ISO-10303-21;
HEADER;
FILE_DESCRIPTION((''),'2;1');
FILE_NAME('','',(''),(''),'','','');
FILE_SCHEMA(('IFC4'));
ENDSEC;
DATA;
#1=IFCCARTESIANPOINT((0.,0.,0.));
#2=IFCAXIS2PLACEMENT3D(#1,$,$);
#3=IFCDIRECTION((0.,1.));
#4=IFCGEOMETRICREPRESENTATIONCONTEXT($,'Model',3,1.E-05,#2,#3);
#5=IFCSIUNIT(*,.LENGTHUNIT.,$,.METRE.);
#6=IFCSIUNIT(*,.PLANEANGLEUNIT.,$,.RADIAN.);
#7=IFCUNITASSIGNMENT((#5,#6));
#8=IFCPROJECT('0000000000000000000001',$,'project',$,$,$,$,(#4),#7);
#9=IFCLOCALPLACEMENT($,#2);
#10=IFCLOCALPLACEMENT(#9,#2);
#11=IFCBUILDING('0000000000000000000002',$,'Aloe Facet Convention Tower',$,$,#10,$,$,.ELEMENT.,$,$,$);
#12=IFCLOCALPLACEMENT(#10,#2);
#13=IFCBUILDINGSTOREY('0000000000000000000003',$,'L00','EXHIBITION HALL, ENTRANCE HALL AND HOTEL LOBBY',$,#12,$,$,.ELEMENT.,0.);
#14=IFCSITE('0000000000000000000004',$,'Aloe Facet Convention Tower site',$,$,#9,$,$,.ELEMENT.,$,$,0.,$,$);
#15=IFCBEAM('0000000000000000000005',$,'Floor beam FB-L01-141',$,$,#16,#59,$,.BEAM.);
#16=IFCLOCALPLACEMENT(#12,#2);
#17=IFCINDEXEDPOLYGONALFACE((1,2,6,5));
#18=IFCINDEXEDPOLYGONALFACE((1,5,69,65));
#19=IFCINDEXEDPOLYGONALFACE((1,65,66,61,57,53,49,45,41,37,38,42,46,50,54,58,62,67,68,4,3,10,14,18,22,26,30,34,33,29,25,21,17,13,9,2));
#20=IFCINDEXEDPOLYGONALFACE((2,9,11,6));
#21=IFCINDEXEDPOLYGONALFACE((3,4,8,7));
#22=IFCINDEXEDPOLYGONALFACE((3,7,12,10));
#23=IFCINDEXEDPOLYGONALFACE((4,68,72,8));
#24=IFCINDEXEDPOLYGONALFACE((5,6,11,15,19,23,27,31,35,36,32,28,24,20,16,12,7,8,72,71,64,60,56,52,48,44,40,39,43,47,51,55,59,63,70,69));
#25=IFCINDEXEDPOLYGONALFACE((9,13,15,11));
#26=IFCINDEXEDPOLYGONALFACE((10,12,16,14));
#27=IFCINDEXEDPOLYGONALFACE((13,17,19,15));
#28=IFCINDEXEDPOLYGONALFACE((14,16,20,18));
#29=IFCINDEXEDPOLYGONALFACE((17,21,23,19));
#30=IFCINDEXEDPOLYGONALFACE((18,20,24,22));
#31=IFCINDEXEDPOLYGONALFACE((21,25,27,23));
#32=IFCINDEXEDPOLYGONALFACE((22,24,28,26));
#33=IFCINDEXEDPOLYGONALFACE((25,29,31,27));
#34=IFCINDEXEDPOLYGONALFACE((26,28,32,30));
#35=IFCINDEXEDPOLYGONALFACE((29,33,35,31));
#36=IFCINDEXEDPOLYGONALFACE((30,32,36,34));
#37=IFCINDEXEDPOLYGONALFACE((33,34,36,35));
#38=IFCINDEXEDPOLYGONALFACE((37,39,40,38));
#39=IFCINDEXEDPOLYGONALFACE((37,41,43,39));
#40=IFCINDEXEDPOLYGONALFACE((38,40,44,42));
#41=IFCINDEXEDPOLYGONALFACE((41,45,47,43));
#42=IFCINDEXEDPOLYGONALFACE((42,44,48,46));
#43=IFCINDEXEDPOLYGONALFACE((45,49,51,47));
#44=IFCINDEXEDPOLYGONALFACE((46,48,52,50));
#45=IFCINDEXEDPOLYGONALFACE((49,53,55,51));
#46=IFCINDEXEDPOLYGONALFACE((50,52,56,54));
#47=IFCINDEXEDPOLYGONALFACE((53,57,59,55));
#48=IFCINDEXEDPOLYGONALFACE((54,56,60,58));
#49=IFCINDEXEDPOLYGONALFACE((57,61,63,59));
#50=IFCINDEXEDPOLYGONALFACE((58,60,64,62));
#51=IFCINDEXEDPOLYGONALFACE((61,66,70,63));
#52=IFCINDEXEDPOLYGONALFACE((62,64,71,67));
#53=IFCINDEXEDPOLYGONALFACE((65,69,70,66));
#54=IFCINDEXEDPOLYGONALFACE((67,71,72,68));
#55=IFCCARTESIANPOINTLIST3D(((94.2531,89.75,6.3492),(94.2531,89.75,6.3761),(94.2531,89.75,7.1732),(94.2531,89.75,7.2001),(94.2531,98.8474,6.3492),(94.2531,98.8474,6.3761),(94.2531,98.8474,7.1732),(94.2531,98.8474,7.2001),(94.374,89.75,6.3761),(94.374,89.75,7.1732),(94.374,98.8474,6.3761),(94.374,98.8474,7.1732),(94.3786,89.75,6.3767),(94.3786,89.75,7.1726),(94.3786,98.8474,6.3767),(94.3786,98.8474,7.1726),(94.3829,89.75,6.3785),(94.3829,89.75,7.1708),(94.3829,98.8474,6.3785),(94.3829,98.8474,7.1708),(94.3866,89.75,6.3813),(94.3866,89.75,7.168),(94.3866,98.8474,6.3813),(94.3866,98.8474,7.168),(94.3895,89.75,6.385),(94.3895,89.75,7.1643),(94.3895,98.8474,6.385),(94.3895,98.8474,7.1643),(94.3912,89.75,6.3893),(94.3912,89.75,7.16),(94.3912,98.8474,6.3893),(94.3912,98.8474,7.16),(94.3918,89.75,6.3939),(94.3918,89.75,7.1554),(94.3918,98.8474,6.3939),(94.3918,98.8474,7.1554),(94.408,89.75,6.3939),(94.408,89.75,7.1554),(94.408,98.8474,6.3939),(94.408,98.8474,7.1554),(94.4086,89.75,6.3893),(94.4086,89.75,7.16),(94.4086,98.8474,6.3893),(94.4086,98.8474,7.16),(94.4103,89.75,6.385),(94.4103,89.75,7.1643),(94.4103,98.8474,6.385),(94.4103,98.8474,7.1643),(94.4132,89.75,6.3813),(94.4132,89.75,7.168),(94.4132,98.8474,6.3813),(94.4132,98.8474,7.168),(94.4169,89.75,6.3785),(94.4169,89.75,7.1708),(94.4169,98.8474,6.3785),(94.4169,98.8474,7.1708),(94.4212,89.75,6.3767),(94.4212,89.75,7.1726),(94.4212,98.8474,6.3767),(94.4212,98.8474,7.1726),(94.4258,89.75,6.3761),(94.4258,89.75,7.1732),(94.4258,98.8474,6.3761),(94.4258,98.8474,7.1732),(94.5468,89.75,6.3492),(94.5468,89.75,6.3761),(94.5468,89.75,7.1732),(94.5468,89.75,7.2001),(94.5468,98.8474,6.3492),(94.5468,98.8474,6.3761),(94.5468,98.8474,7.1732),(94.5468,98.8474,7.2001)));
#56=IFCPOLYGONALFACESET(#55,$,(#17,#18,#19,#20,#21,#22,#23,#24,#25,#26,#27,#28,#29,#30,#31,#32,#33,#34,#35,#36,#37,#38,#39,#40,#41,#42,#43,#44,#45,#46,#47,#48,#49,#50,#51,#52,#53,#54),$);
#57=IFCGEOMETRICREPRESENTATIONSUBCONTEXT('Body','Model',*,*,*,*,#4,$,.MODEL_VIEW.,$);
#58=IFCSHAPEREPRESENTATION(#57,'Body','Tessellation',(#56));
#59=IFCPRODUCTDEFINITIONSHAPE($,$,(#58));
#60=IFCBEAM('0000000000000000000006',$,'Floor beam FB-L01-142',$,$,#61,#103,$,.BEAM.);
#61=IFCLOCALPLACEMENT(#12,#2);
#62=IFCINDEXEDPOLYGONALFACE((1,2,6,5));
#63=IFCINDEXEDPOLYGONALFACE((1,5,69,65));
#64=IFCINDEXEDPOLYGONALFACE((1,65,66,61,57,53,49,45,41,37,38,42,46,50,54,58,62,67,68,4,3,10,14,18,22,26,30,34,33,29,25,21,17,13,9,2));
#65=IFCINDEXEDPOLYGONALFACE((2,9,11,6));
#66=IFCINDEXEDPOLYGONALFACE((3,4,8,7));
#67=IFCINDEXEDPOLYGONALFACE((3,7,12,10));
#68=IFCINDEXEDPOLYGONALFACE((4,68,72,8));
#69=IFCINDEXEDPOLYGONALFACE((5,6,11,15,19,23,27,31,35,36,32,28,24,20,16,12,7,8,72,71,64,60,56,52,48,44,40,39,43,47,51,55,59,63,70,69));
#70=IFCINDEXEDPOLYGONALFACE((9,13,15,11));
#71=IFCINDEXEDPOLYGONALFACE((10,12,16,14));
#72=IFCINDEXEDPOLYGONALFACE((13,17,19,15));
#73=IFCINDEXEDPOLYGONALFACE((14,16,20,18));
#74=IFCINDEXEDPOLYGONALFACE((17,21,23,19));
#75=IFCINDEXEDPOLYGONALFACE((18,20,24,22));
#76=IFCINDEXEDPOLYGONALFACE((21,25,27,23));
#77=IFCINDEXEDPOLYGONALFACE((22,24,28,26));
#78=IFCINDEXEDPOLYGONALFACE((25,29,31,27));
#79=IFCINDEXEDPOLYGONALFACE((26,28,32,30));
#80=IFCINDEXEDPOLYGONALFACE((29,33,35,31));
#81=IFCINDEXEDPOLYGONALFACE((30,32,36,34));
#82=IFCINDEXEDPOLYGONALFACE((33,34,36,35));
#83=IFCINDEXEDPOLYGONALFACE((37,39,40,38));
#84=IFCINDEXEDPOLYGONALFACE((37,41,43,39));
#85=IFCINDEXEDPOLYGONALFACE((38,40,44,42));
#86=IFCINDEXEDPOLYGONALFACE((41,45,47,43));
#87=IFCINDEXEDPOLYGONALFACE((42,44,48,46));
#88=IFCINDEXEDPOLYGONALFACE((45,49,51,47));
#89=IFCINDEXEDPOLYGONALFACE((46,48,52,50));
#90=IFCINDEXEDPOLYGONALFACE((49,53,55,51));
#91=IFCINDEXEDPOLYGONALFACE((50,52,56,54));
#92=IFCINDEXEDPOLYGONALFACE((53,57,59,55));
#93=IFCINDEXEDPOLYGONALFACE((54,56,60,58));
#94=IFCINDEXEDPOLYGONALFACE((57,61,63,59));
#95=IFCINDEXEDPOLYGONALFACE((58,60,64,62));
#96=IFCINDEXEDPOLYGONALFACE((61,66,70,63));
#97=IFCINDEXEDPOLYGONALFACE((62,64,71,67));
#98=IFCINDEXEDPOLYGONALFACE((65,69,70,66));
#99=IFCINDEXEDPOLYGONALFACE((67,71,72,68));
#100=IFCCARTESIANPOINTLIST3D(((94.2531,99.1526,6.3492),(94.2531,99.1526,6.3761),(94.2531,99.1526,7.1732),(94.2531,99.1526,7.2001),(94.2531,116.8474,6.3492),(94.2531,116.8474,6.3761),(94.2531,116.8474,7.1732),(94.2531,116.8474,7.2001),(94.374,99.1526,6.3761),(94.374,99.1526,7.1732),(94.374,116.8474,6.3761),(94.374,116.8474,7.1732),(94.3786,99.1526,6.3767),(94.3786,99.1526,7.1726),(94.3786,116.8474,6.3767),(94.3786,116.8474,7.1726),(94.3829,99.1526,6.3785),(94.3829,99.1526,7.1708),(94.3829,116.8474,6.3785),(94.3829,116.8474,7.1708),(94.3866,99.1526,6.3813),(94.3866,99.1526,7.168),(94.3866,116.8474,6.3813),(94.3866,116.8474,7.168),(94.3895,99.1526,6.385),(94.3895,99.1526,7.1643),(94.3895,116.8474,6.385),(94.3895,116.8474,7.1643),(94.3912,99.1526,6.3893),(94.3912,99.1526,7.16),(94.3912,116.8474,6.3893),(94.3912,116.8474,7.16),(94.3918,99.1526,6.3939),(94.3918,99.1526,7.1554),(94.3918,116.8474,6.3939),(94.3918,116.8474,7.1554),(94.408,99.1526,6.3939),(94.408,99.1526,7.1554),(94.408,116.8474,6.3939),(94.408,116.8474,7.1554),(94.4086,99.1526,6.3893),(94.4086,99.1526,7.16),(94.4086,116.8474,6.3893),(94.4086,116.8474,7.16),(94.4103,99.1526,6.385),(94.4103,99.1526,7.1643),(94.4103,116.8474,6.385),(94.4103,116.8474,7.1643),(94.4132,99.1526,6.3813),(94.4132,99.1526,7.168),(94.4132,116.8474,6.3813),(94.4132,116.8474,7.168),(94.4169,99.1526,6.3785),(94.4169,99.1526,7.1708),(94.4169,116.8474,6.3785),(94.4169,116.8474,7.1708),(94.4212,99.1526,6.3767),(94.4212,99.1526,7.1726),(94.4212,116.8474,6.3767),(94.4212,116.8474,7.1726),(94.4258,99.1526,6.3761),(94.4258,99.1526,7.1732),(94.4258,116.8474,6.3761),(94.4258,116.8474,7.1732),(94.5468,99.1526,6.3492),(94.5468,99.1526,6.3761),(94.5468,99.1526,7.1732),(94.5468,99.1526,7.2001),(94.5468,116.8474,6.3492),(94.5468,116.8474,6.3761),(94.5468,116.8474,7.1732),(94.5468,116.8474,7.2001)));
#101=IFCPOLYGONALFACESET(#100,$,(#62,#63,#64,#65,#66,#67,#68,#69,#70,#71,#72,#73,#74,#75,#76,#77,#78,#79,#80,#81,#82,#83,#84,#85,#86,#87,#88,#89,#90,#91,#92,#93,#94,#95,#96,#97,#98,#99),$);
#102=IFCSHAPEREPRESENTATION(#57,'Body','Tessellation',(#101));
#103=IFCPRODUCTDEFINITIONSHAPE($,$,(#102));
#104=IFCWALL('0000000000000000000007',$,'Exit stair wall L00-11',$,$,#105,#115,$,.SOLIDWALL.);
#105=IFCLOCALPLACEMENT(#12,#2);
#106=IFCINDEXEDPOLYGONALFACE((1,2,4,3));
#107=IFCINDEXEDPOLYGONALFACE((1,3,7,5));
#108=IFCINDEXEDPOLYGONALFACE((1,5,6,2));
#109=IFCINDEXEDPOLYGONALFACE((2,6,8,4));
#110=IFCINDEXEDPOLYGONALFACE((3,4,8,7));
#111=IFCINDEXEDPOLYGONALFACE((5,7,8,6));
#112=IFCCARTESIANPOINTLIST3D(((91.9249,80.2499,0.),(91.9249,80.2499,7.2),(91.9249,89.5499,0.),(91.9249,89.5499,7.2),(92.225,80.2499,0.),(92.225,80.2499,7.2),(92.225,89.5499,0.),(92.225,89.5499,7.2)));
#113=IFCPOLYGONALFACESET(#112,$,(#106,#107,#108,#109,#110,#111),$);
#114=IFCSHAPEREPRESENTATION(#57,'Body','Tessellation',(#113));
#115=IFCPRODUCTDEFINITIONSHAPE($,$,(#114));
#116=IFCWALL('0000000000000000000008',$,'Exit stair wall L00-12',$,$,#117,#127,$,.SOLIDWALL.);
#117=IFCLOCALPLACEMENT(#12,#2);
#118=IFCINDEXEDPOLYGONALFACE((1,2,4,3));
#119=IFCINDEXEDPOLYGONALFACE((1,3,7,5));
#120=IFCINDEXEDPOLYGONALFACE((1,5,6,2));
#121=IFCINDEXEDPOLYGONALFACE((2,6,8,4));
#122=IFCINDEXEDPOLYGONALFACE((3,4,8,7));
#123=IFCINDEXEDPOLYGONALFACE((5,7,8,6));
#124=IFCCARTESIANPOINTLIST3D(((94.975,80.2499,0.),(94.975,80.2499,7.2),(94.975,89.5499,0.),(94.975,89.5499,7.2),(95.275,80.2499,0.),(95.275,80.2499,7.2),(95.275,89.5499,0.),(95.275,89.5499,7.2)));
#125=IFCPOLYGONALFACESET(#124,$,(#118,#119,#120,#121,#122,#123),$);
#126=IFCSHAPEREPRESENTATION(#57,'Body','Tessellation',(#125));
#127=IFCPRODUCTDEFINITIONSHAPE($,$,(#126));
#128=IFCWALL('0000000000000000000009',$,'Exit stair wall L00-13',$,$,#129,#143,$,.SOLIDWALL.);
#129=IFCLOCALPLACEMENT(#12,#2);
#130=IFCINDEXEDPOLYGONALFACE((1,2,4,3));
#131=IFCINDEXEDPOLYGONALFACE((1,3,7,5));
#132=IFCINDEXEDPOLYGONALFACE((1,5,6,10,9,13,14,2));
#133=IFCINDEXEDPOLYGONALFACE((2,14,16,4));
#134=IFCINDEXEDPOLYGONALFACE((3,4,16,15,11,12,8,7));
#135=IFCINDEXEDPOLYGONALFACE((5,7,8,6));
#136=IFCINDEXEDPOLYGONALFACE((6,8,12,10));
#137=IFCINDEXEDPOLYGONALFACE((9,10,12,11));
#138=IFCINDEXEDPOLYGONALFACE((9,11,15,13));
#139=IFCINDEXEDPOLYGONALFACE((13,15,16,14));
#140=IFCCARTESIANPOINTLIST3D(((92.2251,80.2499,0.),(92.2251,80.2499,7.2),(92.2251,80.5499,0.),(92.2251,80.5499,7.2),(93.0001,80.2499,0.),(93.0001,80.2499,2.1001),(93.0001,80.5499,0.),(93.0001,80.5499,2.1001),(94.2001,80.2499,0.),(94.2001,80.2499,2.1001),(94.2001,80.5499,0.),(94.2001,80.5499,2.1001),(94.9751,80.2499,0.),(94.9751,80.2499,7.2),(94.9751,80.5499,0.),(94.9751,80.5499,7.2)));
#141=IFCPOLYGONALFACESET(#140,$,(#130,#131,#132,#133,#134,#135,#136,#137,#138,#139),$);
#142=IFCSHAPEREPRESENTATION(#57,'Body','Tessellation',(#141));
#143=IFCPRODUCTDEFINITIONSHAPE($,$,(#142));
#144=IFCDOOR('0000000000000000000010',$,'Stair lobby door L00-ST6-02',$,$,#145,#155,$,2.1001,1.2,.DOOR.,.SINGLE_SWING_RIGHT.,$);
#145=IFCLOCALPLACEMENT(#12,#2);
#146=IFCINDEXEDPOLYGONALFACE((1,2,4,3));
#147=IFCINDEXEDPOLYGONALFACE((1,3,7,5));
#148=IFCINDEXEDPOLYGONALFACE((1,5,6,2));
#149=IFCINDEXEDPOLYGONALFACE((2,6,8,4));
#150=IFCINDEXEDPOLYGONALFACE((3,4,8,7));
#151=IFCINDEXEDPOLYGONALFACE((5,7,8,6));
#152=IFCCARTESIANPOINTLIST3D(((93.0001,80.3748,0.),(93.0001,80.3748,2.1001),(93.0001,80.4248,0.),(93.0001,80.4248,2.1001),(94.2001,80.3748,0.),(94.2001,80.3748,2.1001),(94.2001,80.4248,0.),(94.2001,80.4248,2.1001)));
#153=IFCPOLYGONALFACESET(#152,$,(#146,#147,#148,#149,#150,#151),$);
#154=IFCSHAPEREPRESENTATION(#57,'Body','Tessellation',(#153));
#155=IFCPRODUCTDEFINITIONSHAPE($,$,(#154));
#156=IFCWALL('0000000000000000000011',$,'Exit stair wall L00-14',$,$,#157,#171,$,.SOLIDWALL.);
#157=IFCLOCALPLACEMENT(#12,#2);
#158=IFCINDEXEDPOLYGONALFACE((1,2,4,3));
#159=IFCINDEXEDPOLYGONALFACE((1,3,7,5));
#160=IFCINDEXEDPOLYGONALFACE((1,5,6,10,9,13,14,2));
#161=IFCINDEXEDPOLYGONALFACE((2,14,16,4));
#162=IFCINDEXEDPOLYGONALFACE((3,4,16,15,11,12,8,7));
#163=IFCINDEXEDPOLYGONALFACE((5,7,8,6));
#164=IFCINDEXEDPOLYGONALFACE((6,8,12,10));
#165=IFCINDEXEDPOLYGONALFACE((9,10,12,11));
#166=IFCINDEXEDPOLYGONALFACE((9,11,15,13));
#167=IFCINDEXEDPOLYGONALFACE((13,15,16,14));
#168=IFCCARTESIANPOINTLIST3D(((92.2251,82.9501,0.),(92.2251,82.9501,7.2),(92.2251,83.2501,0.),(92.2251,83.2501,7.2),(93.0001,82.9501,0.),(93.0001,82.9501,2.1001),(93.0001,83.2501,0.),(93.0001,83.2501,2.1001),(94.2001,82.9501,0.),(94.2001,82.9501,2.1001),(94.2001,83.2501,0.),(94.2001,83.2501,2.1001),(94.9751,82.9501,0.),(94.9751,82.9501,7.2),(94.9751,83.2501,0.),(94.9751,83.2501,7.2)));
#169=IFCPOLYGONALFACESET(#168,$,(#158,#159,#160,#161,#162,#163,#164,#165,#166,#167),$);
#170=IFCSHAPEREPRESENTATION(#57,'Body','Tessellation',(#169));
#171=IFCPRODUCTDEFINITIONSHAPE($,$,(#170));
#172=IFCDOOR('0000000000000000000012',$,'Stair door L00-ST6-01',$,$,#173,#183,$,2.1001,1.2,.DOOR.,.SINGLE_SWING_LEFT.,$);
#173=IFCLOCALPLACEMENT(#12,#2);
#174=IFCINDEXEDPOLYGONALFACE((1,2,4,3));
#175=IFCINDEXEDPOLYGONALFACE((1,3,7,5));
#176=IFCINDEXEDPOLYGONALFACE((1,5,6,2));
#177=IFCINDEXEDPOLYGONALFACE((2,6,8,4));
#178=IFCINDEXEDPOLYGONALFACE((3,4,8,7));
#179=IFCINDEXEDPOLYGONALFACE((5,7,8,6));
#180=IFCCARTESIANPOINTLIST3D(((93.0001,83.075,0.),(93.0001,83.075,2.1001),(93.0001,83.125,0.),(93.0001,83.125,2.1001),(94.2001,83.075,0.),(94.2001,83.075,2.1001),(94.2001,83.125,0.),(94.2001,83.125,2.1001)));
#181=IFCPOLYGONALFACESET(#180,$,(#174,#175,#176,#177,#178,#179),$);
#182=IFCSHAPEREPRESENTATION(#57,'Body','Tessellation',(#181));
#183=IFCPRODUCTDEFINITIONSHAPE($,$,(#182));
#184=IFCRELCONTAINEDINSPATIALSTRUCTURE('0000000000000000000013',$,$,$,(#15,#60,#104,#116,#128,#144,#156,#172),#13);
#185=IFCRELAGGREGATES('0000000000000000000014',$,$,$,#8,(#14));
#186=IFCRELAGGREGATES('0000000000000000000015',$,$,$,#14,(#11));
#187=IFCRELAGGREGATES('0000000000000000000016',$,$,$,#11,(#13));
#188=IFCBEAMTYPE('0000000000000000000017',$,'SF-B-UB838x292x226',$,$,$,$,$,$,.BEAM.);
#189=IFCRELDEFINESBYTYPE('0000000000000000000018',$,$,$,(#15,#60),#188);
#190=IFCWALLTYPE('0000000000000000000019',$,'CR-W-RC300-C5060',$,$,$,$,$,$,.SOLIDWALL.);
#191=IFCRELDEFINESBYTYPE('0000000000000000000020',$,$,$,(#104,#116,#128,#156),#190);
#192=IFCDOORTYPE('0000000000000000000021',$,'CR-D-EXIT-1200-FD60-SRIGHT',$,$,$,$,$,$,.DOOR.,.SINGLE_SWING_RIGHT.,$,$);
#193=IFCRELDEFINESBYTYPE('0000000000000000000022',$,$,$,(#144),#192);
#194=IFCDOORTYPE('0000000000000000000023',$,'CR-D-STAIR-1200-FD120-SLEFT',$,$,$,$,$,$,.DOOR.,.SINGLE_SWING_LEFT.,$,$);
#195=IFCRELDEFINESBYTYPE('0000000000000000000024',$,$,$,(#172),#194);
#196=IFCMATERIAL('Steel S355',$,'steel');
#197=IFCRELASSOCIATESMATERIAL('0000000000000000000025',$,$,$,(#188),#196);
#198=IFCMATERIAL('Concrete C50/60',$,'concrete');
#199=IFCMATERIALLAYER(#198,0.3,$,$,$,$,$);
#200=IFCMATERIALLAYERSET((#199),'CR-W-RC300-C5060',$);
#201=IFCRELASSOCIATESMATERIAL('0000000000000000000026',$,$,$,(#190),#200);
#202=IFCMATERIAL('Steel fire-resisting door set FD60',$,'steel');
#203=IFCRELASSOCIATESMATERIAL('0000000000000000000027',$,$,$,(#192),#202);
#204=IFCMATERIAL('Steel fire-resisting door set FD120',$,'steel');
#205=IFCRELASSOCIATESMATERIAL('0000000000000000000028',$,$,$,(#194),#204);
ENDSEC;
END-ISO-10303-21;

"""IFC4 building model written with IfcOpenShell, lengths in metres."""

from ifc_helpers import new_model, si_unit, direction, frame, frame_2d, origin, origin_2d, place, context, subcontext, project, spatial, rectangle, i_section, extrude, material, layer, layer_set, material_profile, profile_set, type_object, element, fill, save


model = new_model("IFC4")

# Units and contexts
model_context = context("Model", 3, precision=1e-05, world=origin(), true_north=direction((0.0, 1.0)))
body_context = subcontext(model_context, "Body", "Model", "MODEL_VIEW")
ifc_project = project(units=[si_unit("LENGTHUNIT", "METRE"), si_unit("PLANEANGLEUNIT", "RADIAN")], contexts=[model_context])

# Site, building, storey
site_placement = place(None, origin())
site = spatial("IfcSite", under=ifc_project, at=site_placement, Name="Aloe Facet Convention Tower site", CompositionType="ELEMENT", RefElevation=0.0)
building_placement = place(site_placement, origin())
building = spatial("IfcBuilding", under=site, at=building_placement, Name="Aloe Facet Convention Tower", CompositionType="ELEMENT")
storey_placement = place(building_placement, origin())
storey = spatial("IfcBuildingStorey", under=building, at=storey_placement, Name="L00", Description="EXHIBITION HALL, ENTRANCE HALL AND HOTEL LOBBY", CompositionType="ELEMENT", Elevation=0.0)

# Beams
ifc_material_1 = material(Name="Steel S355", Category="steel")
ifc_material_profile_1 = material_profile(ifc_material_1, i_section(OverallWidth=0.2937, OverallDepth=0.8508, WebThickness=0.0161, FlangeThickness=0.0269, FilletRadius=0.0178, at=origin_2d()), Name="UB 838x292x226")
ifc_profile_set_1 = profile_set([ifc_material_profile_1], Name="Steel S355")
beam_type_1 = type_object("IfcBeamType", Name="SF-B-UB838x292x226", PredefinedType="BEAM", material=ifc_profile_set_1)
beam_1_placement = place(storey_placement, frame((94.3999, 89.75, 6.7747), z_axis=(0.0, 1.0, 0.0), x_axis=(-1.0, 0.0, 0.0)))
element("IfcBeam", 1, at=beam_1_placement, inside=storey, type_object=beam_type_1, Name="Floor beam FB-L01-141", PredefinedType="BEAM", context=body_context, shape_type="SweptSolid", body=[
    extrude(i_section(OverallWidth=0.2937, OverallDepth=0.8508, WebThickness=0.0161, FlangeThickness=0.0269, FilletRadius=0.0178, at=origin_2d()), origin(), (0.0, 0.0, 1.0), 9.0974),
])
beam_2_placement = place(storey_placement, frame((94.3999, 99.1526, 6.7747), z_axis=(0.0, 1.0, 0.0), x_axis=(-1.0, 0.0, 0.0)))
element("IfcBeam", 2, at=beam_2_placement, inside=storey, type_object=beam_type_1, Name="Floor beam FB-L01-142", PredefinedType="BEAM", context=body_context, shape_type="SweptSolid", body=[
    extrude(i_section(OverallWidth=0.2937, OverallDepth=0.8508, WebThickness=0.0161, FlangeThickness=0.0269, FilletRadius=0.0178, at=origin_2d()), origin(), (0.0, 0.0, 1.0), 17.6948),
])

# Walls
ifc_material_2 = material(Name="Concrete C50/60", Category="concrete")
ifc_layer_1 = layer(ifc_material_2, 0.3)
ifc_layer_set_1 = layer_set([ifc_layer_1], Name="CR-W-RC300-C5060")
wall_type_1 = type_object("IfcWallType", Name="CR-W-RC300-C5060", PredefinedType="SOLIDWALL", material=ifc_layer_set_1)
for number, where, z_axis, x_axis, name in (
    (3, (92.075, 80.25, 0.0), (0.0, 0.0, 1.0), (0.0, 1.0, 0.0), "Exit stair wall L00-11"),
    (4, (95.125, 80.25, 0.0), (0.0, 0.0, 1.0), (0.0, 1.0, 0.0), "Exit stair wall L00-12"),
):
    element("IfcWall", number, at=place(storey_placement, frame(where, z_axis=z_axis, x_axis=x_axis)), inside=storey, type_object=wall_type_1, Name=name, PredefinedType="SOLIDWALL", context=body_context, shape_type="SweptSolid", body=[
        extrude(rectangle(XDim=9.3, YDim=0.3, at=frame_2d((4.6499, 0.0))), origin(), (0.0, 0.0, 1.0), 7.2),
    ])

# Walls, openings, doors
wall_1_placement = place(storey_placement, frame((92.2251, 80.3999, 0.0), z_axis=(0.0, 0.0, 1.0), x_axis=(1.0, 0.0, 0.0)))
wall_1 = element("IfcWall", 5, at=wall_1_placement, inside=storey, type_object=wall_type_1, Name="Exit stair wall L00-13", PredefinedType="SOLIDWALL", context=body_context, shape_type="SweptSolid", body=[
    extrude(rectangle(XDim=2.75, YDim=0.3, at=frame_2d((1.375, 0.0))), origin(), (0.0, 0.0, 1.0), 7.2),
])
opening_1_placement = place(wall_1_placement, frame((0.7749, 0.0, 0.0)))
opening_1 = element("IfcOpeningElement", 6, at=opening_1_placement, cuts=wall_1, PredefinedType="OPENING", context=body_context, shape_type="SweptSolid", body=[
    extrude(rectangle(XDim=1.2, YDim=2.1001, at=frame_2d((0.6001, 1.05))), frame((0.0, 0.1602, 0.0), z_axis=(0.0, -1.0, 0.0), x_axis=(1.0, 0.0, 0.0)), (0.0, 0.0, 1.0), 0.3201),
])
ifc_material_3 = material(Name="Steel fire-resisting door set FD60", Category="steel")
door_type_1 = type_object("IfcDoorType", Name="CR-D-EXIT-1200-FD60-SRIGHT", OperationType="SINGLE_SWING_RIGHT", PredefinedType="DOOR", material=ifc_material_3)
door_1_placement = place(opening_1_placement, origin())
door_1 = element("IfcDoor", 7, at=door_1_placement, inside=storey, type_object=door_type_1, Name="Stair lobby door L00-ST6-02", OperationType="SINGLE_SWING_RIGHT", OverallHeight=2.1001, OverallWidth=1.2, PredefinedType="DOOR", context=body_context, shape_type="SweptSolid", body=[
    extrude(rectangle(XDim=1.2, YDim=2.1001, at=frame_2d((0.6001, 1.05))), frame((0.0, 0.0249, 0.0), z_axis=(0.0, -1.0, 0.0), x_axis=(1.0, 0.0, 0.0)), (0.0, 0.0, 1.0), 0.05),
])
fill(opening_1, door_1)
wall_2_placement = place(storey_placement, frame((92.2251, 83.1001, 0.0), z_axis=(0.0, 0.0, 1.0), x_axis=(1.0, 0.0, 0.0)))
wall_2 = element("IfcWall", 8, at=wall_2_placement, inside=storey, type_object=wall_type_1, Name="Exit stair wall L00-14", PredefinedType="SOLIDWALL", context=body_context, shape_type="SweptSolid", body=[
    extrude(rectangle(XDim=2.75, YDim=0.3, at=frame_2d((1.375, 0.0))), origin(), (0.0, 0.0, 1.0), 7.2),
])
opening_2_placement = place(wall_2_placement, frame((0.7749, 0.0, 0.0)))
opening_2 = element("IfcOpeningElement", 9, at=opening_2_placement, cuts=wall_2, PredefinedType="OPENING", context=body_context, shape_type="SweptSolid", body=[
    extrude(rectangle(XDim=1.2, YDim=2.1001, at=frame_2d((0.6001, 1.05))), frame((0.0, 0.1602, 0.0), z_axis=(0.0, -1.0, 0.0), x_axis=(1.0, 0.0, 0.0)), (0.0, 0.0, 1.0), 0.3201),
])
ifc_material_4 = material(Name="Steel fire-resisting door set FD120", Category="steel")
door_type_2 = type_object("IfcDoorType", Name="CR-D-STAIR-1200-FD120-SLEFT", OperationType="SINGLE_SWING_LEFT", PredefinedType="DOOR", material=ifc_material_4)
door_2_placement = place(opening_2_placement, origin())
door_2 = element("IfcDoor", 10, at=door_2_placement, inside=storey, type_object=door_type_2, Name="Stair door L00-ST6-01", OperationType="SINGLE_SWING_LEFT", OverallHeight=2.1001, OverallWidth=1.2, PredefinedType="DOOR", context=body_context, shape_type="SweptSolid", body=[
    extrude(rectangle(XDim=1.2, YDim=2.1001, at=frame_2d((0.6001, 1.05))), frame((0.0, 0.0249, 0.0), z_axis=(0.0, -1.0, 0.0), x_axis=(1.0, 0.0, 0.0)), (0.0, 0.0, 1.0), 0.05),
])
fill(opening_2, door_2)

save(model, "model.ifc")
